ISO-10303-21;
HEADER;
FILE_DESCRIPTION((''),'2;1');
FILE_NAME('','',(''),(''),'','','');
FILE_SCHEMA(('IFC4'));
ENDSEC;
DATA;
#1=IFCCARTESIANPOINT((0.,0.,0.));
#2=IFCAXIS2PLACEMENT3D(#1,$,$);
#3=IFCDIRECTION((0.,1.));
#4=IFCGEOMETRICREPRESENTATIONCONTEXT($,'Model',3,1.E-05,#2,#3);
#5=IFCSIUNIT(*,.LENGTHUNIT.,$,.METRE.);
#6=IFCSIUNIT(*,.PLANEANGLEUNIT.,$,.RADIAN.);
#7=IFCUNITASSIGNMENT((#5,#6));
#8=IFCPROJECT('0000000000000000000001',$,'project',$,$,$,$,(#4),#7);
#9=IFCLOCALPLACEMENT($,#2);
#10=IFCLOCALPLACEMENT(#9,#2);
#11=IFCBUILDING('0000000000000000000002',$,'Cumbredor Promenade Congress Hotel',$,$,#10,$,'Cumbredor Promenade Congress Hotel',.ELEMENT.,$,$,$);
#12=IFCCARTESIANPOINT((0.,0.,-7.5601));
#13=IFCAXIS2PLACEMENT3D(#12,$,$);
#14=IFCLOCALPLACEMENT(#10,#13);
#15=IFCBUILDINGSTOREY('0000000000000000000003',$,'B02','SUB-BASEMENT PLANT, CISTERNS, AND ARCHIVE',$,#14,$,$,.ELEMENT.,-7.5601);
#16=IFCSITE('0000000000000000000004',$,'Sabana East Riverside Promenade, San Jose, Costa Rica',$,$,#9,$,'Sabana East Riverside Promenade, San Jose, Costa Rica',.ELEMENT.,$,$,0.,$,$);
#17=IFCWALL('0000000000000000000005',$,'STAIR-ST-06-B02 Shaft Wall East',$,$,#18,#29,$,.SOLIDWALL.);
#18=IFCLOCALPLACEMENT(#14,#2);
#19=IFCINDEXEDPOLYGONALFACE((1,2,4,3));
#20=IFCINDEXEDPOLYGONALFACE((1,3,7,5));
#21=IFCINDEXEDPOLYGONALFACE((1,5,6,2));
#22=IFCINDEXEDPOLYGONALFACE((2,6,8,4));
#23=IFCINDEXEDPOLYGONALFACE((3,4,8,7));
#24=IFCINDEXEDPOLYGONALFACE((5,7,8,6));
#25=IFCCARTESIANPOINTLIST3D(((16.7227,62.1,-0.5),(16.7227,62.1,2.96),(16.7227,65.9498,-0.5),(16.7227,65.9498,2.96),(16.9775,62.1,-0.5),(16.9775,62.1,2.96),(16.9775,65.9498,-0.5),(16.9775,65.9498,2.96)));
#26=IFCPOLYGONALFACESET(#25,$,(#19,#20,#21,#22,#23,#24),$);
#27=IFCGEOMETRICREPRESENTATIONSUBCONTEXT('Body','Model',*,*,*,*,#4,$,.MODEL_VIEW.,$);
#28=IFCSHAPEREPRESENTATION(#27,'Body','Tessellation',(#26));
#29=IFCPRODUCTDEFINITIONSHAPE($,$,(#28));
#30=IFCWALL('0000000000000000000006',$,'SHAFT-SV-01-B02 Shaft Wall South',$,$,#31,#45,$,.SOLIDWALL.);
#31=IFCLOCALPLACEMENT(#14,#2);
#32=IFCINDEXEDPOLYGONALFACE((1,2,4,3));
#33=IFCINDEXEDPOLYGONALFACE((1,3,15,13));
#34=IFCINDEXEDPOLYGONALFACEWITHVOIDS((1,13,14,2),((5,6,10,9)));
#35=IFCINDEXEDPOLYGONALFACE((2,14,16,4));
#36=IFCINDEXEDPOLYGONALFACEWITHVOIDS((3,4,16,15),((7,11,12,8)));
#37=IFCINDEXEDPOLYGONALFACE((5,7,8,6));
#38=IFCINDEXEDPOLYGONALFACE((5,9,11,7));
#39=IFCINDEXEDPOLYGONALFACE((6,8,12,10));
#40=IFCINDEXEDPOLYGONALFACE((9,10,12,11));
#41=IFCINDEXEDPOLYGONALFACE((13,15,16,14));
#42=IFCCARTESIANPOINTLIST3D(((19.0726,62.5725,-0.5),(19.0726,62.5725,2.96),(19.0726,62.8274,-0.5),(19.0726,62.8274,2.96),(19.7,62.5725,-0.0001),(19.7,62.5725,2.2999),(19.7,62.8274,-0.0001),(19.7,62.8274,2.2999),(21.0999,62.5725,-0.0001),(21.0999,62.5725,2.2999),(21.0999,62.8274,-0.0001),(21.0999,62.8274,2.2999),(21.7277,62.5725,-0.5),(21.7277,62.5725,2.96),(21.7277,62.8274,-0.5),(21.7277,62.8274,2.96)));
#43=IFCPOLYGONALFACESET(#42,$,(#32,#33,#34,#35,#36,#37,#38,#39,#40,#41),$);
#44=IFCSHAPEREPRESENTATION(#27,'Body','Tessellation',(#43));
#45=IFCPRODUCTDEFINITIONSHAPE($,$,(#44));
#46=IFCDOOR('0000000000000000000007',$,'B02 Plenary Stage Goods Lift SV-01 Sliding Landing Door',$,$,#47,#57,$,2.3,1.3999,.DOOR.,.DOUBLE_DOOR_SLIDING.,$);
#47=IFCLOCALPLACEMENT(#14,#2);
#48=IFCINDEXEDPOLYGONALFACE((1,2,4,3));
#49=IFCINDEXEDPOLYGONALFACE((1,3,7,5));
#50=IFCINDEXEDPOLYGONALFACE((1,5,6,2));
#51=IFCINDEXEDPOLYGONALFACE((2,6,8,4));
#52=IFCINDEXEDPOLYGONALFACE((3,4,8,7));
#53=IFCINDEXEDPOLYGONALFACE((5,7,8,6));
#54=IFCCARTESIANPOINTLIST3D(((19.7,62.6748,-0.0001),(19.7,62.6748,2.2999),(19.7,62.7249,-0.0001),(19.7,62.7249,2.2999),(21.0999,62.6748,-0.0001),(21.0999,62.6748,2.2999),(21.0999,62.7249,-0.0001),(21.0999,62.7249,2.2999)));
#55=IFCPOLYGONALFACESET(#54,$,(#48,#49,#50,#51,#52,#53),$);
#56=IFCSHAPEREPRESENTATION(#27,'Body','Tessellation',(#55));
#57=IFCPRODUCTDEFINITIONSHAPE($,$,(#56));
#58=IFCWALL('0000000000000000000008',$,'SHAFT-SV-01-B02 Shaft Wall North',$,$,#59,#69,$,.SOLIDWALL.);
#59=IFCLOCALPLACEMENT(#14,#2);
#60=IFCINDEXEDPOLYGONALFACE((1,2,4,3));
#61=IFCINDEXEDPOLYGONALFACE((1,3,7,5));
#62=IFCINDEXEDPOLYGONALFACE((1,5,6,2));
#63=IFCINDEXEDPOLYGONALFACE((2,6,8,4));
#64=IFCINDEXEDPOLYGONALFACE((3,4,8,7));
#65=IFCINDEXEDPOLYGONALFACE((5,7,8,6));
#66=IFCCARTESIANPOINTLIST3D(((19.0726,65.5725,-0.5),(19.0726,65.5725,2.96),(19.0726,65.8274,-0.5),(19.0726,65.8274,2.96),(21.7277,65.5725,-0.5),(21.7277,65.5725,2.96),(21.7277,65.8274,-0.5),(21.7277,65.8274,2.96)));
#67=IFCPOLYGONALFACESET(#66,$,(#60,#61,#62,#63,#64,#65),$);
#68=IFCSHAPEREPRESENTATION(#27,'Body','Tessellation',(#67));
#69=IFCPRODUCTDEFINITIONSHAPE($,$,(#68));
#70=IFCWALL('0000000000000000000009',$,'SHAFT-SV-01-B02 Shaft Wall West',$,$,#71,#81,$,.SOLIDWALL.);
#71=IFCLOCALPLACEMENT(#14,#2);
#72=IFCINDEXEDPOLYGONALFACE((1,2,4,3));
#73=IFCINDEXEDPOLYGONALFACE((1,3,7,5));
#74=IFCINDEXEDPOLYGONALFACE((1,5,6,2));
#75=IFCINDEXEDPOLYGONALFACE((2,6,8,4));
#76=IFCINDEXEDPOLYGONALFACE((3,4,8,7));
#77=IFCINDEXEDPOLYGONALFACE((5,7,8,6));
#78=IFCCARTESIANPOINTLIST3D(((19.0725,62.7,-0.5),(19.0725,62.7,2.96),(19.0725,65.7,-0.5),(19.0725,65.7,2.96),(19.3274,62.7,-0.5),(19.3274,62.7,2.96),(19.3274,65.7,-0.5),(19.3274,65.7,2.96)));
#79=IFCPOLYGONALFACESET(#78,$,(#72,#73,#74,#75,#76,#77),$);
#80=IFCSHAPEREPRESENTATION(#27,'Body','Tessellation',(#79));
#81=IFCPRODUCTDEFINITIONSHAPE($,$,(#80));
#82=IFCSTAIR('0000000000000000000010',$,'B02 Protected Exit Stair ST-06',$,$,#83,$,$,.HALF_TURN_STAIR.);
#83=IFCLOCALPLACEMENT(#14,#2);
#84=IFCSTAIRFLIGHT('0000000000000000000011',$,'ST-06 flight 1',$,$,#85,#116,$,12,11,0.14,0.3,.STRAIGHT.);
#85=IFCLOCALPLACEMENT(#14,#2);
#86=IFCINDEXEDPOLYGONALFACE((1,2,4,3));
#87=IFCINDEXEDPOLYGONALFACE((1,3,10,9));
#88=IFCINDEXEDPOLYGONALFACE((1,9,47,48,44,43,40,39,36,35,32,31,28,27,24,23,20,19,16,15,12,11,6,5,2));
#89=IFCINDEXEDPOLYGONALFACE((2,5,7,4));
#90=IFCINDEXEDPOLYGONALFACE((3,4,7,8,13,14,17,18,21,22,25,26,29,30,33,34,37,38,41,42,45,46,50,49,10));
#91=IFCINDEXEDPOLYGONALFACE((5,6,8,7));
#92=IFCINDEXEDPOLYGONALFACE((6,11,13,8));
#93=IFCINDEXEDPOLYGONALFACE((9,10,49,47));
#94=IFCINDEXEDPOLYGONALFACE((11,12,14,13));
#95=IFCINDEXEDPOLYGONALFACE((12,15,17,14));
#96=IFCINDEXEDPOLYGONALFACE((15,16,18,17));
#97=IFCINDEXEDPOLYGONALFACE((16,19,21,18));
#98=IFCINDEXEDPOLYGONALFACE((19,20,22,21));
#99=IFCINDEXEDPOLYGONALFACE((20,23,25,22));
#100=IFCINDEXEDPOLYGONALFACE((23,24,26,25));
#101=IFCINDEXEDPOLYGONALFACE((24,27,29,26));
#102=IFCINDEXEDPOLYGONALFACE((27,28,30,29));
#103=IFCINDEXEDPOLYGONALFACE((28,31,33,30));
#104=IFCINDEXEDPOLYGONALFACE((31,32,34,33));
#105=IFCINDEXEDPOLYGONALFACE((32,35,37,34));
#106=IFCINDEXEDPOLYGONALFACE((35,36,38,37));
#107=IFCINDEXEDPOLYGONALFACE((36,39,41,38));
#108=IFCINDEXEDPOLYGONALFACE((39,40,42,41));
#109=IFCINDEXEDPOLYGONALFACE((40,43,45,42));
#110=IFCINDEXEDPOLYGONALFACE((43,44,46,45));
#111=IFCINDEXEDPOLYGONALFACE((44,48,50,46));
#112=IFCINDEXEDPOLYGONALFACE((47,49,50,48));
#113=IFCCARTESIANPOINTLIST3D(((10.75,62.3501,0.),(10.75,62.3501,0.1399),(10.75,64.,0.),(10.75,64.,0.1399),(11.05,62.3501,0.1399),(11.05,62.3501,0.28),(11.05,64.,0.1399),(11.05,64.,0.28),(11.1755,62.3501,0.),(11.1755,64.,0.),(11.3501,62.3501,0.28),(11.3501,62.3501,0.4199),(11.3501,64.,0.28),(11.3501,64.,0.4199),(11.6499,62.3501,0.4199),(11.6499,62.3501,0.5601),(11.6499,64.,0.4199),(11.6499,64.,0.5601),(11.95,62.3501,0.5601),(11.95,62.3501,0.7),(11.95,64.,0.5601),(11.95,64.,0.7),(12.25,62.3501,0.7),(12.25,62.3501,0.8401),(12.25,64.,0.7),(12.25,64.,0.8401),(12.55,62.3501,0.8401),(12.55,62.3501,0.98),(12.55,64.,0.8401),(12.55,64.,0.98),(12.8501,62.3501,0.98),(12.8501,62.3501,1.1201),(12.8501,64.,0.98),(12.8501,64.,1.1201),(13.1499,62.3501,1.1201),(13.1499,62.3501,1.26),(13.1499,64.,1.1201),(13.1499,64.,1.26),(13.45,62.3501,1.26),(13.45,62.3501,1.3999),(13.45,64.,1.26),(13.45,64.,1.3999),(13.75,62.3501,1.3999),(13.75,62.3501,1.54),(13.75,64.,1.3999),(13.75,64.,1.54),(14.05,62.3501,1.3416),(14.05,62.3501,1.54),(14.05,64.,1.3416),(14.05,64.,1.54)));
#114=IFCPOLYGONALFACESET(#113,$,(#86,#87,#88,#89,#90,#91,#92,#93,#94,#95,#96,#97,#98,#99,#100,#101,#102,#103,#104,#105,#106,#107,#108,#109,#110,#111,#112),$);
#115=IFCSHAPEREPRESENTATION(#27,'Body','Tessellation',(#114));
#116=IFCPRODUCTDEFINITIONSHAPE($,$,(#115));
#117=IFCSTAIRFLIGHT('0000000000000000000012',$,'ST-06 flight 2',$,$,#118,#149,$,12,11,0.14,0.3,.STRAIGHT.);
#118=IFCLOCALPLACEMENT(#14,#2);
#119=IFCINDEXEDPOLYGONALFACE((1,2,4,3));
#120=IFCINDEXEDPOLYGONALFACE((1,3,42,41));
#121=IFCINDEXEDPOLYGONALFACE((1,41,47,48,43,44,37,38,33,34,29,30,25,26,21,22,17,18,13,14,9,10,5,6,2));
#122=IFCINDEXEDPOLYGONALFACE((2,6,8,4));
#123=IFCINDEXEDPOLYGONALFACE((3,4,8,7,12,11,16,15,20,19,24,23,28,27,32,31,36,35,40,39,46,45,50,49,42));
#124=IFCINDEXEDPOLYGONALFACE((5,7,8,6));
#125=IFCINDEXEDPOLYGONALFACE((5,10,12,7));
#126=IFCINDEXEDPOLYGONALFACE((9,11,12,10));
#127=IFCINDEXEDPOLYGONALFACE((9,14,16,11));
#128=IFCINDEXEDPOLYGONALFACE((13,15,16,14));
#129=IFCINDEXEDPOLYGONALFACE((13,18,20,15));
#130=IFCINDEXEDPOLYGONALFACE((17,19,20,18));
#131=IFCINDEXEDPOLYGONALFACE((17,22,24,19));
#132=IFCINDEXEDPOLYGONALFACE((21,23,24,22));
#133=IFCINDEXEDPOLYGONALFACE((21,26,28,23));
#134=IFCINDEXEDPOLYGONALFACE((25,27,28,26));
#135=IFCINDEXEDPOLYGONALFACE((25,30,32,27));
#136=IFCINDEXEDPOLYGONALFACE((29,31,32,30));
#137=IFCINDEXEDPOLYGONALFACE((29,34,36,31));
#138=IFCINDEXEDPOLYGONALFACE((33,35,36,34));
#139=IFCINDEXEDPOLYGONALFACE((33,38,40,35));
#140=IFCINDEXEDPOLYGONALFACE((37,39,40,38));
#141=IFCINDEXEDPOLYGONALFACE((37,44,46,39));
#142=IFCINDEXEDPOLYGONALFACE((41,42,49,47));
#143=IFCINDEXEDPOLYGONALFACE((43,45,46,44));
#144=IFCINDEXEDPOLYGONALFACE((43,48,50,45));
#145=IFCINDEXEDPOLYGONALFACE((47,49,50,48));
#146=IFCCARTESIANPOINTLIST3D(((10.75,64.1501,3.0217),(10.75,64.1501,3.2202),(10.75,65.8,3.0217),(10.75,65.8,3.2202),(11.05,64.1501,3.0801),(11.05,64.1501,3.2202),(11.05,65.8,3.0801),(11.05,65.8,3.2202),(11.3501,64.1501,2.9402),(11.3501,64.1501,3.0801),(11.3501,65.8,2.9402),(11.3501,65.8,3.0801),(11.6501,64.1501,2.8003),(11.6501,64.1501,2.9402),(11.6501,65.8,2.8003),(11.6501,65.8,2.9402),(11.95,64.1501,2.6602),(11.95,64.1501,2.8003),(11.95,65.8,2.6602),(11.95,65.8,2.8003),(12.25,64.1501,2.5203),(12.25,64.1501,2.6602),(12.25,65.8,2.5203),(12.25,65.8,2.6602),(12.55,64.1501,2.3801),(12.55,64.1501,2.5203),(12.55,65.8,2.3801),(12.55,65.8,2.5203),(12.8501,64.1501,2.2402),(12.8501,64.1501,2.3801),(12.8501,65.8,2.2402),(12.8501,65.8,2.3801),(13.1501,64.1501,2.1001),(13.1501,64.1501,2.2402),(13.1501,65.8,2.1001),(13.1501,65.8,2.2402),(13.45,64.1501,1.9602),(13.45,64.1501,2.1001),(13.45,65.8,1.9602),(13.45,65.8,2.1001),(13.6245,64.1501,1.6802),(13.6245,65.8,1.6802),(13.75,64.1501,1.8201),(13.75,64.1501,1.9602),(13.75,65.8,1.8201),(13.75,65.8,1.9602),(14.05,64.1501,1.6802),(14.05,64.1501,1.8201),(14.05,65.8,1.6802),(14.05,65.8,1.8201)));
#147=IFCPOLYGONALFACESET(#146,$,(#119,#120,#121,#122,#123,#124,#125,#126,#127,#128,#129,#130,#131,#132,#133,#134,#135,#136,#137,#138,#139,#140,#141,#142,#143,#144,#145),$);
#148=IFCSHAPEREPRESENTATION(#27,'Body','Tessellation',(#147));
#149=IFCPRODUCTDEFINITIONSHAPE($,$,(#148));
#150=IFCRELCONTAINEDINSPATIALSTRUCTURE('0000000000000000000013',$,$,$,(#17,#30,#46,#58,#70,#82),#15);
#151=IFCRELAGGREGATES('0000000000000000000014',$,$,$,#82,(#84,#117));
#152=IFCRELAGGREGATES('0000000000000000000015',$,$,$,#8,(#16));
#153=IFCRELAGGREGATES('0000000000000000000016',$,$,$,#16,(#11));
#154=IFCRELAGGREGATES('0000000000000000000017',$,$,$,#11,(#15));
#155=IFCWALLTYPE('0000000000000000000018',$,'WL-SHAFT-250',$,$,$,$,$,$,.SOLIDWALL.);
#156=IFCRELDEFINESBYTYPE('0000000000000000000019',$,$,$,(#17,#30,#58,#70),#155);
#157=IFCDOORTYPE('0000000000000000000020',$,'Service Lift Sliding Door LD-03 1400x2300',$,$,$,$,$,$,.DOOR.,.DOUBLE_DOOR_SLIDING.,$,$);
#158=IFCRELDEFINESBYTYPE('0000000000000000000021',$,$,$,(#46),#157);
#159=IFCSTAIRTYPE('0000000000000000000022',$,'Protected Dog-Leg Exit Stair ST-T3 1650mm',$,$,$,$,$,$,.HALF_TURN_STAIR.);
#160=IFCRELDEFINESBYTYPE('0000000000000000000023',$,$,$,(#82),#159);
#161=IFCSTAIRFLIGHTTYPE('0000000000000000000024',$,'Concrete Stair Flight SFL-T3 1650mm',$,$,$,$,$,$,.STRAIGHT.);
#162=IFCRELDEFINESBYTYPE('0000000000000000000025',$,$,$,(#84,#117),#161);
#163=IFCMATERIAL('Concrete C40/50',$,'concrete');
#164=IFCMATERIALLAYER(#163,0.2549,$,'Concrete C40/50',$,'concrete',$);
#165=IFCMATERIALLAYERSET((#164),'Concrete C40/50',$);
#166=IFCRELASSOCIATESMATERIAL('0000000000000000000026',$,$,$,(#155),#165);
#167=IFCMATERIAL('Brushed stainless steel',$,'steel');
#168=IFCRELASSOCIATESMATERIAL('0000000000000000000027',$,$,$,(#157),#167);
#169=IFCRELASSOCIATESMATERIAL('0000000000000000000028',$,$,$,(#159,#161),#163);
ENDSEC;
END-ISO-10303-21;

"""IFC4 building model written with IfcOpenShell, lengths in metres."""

from ifc_helpers import new_model, si_unit, direction, frame, frame_2d, origin, place, context, subcontext, project, spatial, polyline, rectangle, outline, extrude, material, layer, layer_set, type_object, element, fill, aggregate, save


model = new_model("IFC4")

# Units and contexts
model_context = context("Model", 3, precision=1e-05, world=origin(), true_north=direction((0.0, 1.0)))
body_context = subcontext(model_context, "Body", "Model", "MODEL_VIEW")
ifc_project = project(units=[si_unit("LENGTHUNIT", "METRE"), si_unit("PLANEANGLEUNIT", "RADIAN")], contexts=[model_context])

# Site, building, storey
site_placement = place(None, origin())
site = spatial("IfcSite", under=ifc_project, at=site_placement, Name="Sabana East Riverside Promenade, San Jose, Costa Rica", LongName="Sabana East Riverside Promenade, San Jose, Costa Rica", CompositionType="ELEMENT", RefElevation=0.0)
building_placement = place(site_placement, origin())
building = spatial("IfcBuilding", under=site, at=building_placement, Name="Cumbredor Promenade Congress Hotel", LongName="Cumbredor Promenade Congress Hotel", CompositionType="ELEMENT")
storey_placement = place(building_placement, frame((0.0, 0.0, -7.5601)))
storey = spatial("IfcBuildingStorey", under=building, at=storey_placement, Name="B02", Description="SUB-BASEMENT PLANT, CISTERNS, AND ARCHIVE", CompositionType="ELEMENT", Elevation=-7.5601)

# Shared definitions
ifc_material_1 = material(Name="Concrete C40/50", Category="concrete")

# Shared definitions
ifc_layer = layer(ifc_material_1, 0.2549, Name="Concrete C40/50", Category="concrete")
ifc_layer_set = layer_set([ifc_layer], Name="Concrete C40/50")
wall_type = type_object("IfcWallType", Name="WL-SHAFT-250", PredefinedType="SOLIDWALL", material=ifc_layer_set)

# Wall
for number, where, z_axis, x_axis, name in (
    (1, (16.8501, 62.1001, -0.5), (0.0, 0.0, 1.0), (0.0, 1.0, 0.0), "STAIR-ST-06-B02 Shaft Wall East"),
):
    element("IfcWall", number, at=place(storey_placement, frame(where, z_axis=z_axis, x_axis=x_axis)), inside=storey, type_object=wall_type, Name=name, PredefinedType="SOLIDWALL", context=body_context, shape_type="SweptSolid", body=[
        extrude(rectangle(XDim=3.8499, YDim=0.2549, at=frame_2d((1.9248, 0.0))), origin(), (0.0, 0.0, 1.0), 3.46),
    ])

# Wall, opening, door
wall_1_placement = place(storey_placement, frame((19.0725, 62.7, -0.5), z_axis=(0.0, 0.0, 1.0), x_axis=(1.0, 0.0, 0.0)))
wall_1 = element("IfcWall", 2, at=wall_1_placement, inside=storey, type_object=wall_type, Name="SHAFT-SV-01-B02 Shaft Wall South", PredefinedType="SOLIDWALL", context=body_context, shape_type="SweptSolid", body=[
    extrude(rectangle(XDim=2.655, YDim=0.2549, at=frame_2d((1.3276, 0.0))), origin(), (0.0, 0.0, 1.0), 3.46),
])
opening_1_placement = place(wall_1_placement, frame((0.6274, 0.0, 0.5)))
opening_1 = element("IfcOpeningElement", 3, at=opening_1_placement, cuts=wall_1, PredefinedType="OPENING", context=body_context, shape_type="SweptSolid", body=[
    extrude(rectangle(XDim=1.3999, YDim=2.3, at=frame_2d((0.7, 1.1499))), frame((0.0, 0.1375, 0.0), z_axis=(0.0, -1.0, 0.0), x_axis=(1.0, 0.0, 0.0)), (0.0, 0.0, 1.0), 0.2749),
])
ifc_material_2 = material(Name="Brushed stainless steel", Category="steel")
door_type_1 = type_object("IfcDoorType", Name="Service Lift Sliding Door LD-03 1400x2300", OperationType="DOUBLE_DOOR_SLIDING", PredefinedType="DOOR", material=ifc_material_2)
door_1_placement = place(opening_1_placement, origin())
door_1 = element("IfcDoor", 4, at=door_1_placement, inside=storey, type_object=door_type_1, Name="B02 Plenary Stage Goods Lift SV-01 Sliding Landing Door", OperationType="DOUBLE_DOOR_SLIDING", OverallHeight=2.3, OverallWidth=1.3999, PredefinedType="DOOR", context=body_context, shape_type="SweptSolid", body=[
    extrude(rectangle(XDim=1.3999, YDim=2.3, at=frame_2d((0.7, 1.1499))), frame((0.0, 0.0249, 0.0), z_axis=(0.0, -1.0, 0.0), x_axis=(1.0, 0.0, 0.0)), (0.0, 0.0, 1.0), 0.05),
])
fill(opening_1, door_1)

# Walls
wall_2_placement = place(storey_placement, frame((19.0725, 65.7, -0.5), z_axis=(0.0, 0.0, 1.0), x_axis=(1.0, 0.0, 0.0)))
element("IfcWall", 5, at=wall_2_placement, inside=storey, type_object=wall_type, Name="SHAFT-SV-01-B02 Shaft Wall North", PredefinedType="SOLIDWALL", context=body_context, shape_type="SweptSolid", body=[
    extrude(rectangle(XDim=2.655, YDim=0.2549, at=frame_2d((1.3276, 0.0))), origin(), (0.0, 0.0, 1.0), 3.46),
])
wall_3_placement = place(storey_placement, frame((19.2, 62.7, -0.5), z_axis=(0.0, 0.0, 1.0), x_axis=(0.0, 1.0, 0.0)))
element("IfcWall", 6, at=wall_3_placement, inside=storey, type_object=wall_type, Name="SHAFT-SV-01-B02 Shaft Wall West", PredefinedType="SOLIDWALL", context=body_context, shape_type="SweptSolid", body=[
    extrude(rectangle(XDim=3.0, YDim=0.2549, at=frame_2d((1.5, 0.0))), origin(), (0.0, 0.0, 1.0), 3.46),
])

# Stair, stair flights
stair_type = type_object("IfcStairType", Name="Protected Dog-Leg Exit Stair ST-T3 1650mm", PredefinedType="HALF_TURN_STAIR", material=ifc_material_1)
stair_placement = place(storey_placement, origin())
stair = element("IfcStair", 7, at=stair_placement, inside=storey, type_object=stair_type, Name="B02 Protected Exit Stair ST-06", PredefinedType="HALF_TURN_STAIR")
stair_flight_type = type_object("IfcStairFlightType", Name="Concrete Stair Flight SFL-T3 1650mm", PredefinedType="STRAIGHT", material=ifc_material_1)
stair_flight_1_placement = place(storey_placement, frame((10.75, 63.175, 0.0), z_axis=(0.0, 0.0, 1.0), x_axis=(1.0, 0.0, 0.0)))
stair_flight_1 = element("IfcStairFlight", 8, at=stair_flight_1_placement, type_object=stair_flight_type, Name="ST-06 flight 1", NumberOfRisers=12, NumberOfTreads=11, PredefinedType="STRAIGHT", RiserHeight=0.14, TreadLength=0.3, context=body_context, shape_type="SweptSolid", body=[
    extrude(outline(polyline([(0.0, 0.0), (0.0, 0.1399), (0.3, 0.1399), (0.3, 0.28), (0.6001, 0.28), (0.6001, 0.4199), (0.8999, 0.4199), (0.8999, 0.5601), (1.2, 0.5601), (1.2, 0.7), (1.5, 0.7), (1.5, 0.8401), (1.8, 0.8401), (1.8, 0.98), (2.1001, 0.98), (2.1001, 1.1201), (2.3999, 1.1201), (2.3999, 1.26), (2.7, 1.26), (2.7, 1.3999), (3.0, 1.3999), (3.0, 1.54), (3.3, 1.54), (3.3, 1.6799), (3.3, 1.3416), (0.4255, 0.0), (0.0, 0.0)])), frame((0.0, 0.825, 0.0), z_axis=(0.0, -1.0, 0.0), x_axis=(1.0, 0.0, 0.0)), (0.0, 0.0, 1.0), 1.6499),
])
stair_flight_2_placement = place(storey_placement, frame((14.05, 64.9751, 1.6802), z_axis=(0.0, 0.0, 1.0), x_axis=(-1.0, 0.0, 0.0)))
stair_flight_2 = element("IfcStairFlight", 9, at=stair_flight_2_placement, type_object=stair_flight_type, Name="ST-06 flight 2", NumberOfRisers=12, NumberOfTreads=11, PredefinedType="STRAIGHT", RiserHeight=0.14, TreadLength=0.3, context=body_context, shape_type="SweptSolid", body=[
    extrude(outline(polyline([(0.0, 0.0), (0.0, 0.1399), (0.3, 0.1399), (0.3, 0.28), (0.6001, 0.28), (0.6001, 0.4199), (0.8999, 0.4199), (0.8999, 0.5601), (1.2, 0.5601), (1.2, 0.7), (1.5, 0.7), (1.5, 0.8401), (1.8, 0.8401), (1.8, 0.98), (2.1001, 0.98), (2.1001, 1.1201), (2.3999, 1.1201), (2.3999, 1.26), (2.7, 1.26), (2.7, 1.3999), (3.0, 1.3999), (3.0, 1.54), (3.3, 1.54), (3.3, 1.6799), (3.3, 1.3416), (0.4255, 0.0), (0.0, 0.0)])), frame((0.0, 0.825, 0.0), z_axis=(0.0, -1.0, 0.0), x_axis=(1.0, 0.0, 0.0)), (0.0, 0.0, 1.0), 1.6499),
])
aggregate(stair, [stair_flight_1, stair_flight_2])

save(model, "model.ifc")
